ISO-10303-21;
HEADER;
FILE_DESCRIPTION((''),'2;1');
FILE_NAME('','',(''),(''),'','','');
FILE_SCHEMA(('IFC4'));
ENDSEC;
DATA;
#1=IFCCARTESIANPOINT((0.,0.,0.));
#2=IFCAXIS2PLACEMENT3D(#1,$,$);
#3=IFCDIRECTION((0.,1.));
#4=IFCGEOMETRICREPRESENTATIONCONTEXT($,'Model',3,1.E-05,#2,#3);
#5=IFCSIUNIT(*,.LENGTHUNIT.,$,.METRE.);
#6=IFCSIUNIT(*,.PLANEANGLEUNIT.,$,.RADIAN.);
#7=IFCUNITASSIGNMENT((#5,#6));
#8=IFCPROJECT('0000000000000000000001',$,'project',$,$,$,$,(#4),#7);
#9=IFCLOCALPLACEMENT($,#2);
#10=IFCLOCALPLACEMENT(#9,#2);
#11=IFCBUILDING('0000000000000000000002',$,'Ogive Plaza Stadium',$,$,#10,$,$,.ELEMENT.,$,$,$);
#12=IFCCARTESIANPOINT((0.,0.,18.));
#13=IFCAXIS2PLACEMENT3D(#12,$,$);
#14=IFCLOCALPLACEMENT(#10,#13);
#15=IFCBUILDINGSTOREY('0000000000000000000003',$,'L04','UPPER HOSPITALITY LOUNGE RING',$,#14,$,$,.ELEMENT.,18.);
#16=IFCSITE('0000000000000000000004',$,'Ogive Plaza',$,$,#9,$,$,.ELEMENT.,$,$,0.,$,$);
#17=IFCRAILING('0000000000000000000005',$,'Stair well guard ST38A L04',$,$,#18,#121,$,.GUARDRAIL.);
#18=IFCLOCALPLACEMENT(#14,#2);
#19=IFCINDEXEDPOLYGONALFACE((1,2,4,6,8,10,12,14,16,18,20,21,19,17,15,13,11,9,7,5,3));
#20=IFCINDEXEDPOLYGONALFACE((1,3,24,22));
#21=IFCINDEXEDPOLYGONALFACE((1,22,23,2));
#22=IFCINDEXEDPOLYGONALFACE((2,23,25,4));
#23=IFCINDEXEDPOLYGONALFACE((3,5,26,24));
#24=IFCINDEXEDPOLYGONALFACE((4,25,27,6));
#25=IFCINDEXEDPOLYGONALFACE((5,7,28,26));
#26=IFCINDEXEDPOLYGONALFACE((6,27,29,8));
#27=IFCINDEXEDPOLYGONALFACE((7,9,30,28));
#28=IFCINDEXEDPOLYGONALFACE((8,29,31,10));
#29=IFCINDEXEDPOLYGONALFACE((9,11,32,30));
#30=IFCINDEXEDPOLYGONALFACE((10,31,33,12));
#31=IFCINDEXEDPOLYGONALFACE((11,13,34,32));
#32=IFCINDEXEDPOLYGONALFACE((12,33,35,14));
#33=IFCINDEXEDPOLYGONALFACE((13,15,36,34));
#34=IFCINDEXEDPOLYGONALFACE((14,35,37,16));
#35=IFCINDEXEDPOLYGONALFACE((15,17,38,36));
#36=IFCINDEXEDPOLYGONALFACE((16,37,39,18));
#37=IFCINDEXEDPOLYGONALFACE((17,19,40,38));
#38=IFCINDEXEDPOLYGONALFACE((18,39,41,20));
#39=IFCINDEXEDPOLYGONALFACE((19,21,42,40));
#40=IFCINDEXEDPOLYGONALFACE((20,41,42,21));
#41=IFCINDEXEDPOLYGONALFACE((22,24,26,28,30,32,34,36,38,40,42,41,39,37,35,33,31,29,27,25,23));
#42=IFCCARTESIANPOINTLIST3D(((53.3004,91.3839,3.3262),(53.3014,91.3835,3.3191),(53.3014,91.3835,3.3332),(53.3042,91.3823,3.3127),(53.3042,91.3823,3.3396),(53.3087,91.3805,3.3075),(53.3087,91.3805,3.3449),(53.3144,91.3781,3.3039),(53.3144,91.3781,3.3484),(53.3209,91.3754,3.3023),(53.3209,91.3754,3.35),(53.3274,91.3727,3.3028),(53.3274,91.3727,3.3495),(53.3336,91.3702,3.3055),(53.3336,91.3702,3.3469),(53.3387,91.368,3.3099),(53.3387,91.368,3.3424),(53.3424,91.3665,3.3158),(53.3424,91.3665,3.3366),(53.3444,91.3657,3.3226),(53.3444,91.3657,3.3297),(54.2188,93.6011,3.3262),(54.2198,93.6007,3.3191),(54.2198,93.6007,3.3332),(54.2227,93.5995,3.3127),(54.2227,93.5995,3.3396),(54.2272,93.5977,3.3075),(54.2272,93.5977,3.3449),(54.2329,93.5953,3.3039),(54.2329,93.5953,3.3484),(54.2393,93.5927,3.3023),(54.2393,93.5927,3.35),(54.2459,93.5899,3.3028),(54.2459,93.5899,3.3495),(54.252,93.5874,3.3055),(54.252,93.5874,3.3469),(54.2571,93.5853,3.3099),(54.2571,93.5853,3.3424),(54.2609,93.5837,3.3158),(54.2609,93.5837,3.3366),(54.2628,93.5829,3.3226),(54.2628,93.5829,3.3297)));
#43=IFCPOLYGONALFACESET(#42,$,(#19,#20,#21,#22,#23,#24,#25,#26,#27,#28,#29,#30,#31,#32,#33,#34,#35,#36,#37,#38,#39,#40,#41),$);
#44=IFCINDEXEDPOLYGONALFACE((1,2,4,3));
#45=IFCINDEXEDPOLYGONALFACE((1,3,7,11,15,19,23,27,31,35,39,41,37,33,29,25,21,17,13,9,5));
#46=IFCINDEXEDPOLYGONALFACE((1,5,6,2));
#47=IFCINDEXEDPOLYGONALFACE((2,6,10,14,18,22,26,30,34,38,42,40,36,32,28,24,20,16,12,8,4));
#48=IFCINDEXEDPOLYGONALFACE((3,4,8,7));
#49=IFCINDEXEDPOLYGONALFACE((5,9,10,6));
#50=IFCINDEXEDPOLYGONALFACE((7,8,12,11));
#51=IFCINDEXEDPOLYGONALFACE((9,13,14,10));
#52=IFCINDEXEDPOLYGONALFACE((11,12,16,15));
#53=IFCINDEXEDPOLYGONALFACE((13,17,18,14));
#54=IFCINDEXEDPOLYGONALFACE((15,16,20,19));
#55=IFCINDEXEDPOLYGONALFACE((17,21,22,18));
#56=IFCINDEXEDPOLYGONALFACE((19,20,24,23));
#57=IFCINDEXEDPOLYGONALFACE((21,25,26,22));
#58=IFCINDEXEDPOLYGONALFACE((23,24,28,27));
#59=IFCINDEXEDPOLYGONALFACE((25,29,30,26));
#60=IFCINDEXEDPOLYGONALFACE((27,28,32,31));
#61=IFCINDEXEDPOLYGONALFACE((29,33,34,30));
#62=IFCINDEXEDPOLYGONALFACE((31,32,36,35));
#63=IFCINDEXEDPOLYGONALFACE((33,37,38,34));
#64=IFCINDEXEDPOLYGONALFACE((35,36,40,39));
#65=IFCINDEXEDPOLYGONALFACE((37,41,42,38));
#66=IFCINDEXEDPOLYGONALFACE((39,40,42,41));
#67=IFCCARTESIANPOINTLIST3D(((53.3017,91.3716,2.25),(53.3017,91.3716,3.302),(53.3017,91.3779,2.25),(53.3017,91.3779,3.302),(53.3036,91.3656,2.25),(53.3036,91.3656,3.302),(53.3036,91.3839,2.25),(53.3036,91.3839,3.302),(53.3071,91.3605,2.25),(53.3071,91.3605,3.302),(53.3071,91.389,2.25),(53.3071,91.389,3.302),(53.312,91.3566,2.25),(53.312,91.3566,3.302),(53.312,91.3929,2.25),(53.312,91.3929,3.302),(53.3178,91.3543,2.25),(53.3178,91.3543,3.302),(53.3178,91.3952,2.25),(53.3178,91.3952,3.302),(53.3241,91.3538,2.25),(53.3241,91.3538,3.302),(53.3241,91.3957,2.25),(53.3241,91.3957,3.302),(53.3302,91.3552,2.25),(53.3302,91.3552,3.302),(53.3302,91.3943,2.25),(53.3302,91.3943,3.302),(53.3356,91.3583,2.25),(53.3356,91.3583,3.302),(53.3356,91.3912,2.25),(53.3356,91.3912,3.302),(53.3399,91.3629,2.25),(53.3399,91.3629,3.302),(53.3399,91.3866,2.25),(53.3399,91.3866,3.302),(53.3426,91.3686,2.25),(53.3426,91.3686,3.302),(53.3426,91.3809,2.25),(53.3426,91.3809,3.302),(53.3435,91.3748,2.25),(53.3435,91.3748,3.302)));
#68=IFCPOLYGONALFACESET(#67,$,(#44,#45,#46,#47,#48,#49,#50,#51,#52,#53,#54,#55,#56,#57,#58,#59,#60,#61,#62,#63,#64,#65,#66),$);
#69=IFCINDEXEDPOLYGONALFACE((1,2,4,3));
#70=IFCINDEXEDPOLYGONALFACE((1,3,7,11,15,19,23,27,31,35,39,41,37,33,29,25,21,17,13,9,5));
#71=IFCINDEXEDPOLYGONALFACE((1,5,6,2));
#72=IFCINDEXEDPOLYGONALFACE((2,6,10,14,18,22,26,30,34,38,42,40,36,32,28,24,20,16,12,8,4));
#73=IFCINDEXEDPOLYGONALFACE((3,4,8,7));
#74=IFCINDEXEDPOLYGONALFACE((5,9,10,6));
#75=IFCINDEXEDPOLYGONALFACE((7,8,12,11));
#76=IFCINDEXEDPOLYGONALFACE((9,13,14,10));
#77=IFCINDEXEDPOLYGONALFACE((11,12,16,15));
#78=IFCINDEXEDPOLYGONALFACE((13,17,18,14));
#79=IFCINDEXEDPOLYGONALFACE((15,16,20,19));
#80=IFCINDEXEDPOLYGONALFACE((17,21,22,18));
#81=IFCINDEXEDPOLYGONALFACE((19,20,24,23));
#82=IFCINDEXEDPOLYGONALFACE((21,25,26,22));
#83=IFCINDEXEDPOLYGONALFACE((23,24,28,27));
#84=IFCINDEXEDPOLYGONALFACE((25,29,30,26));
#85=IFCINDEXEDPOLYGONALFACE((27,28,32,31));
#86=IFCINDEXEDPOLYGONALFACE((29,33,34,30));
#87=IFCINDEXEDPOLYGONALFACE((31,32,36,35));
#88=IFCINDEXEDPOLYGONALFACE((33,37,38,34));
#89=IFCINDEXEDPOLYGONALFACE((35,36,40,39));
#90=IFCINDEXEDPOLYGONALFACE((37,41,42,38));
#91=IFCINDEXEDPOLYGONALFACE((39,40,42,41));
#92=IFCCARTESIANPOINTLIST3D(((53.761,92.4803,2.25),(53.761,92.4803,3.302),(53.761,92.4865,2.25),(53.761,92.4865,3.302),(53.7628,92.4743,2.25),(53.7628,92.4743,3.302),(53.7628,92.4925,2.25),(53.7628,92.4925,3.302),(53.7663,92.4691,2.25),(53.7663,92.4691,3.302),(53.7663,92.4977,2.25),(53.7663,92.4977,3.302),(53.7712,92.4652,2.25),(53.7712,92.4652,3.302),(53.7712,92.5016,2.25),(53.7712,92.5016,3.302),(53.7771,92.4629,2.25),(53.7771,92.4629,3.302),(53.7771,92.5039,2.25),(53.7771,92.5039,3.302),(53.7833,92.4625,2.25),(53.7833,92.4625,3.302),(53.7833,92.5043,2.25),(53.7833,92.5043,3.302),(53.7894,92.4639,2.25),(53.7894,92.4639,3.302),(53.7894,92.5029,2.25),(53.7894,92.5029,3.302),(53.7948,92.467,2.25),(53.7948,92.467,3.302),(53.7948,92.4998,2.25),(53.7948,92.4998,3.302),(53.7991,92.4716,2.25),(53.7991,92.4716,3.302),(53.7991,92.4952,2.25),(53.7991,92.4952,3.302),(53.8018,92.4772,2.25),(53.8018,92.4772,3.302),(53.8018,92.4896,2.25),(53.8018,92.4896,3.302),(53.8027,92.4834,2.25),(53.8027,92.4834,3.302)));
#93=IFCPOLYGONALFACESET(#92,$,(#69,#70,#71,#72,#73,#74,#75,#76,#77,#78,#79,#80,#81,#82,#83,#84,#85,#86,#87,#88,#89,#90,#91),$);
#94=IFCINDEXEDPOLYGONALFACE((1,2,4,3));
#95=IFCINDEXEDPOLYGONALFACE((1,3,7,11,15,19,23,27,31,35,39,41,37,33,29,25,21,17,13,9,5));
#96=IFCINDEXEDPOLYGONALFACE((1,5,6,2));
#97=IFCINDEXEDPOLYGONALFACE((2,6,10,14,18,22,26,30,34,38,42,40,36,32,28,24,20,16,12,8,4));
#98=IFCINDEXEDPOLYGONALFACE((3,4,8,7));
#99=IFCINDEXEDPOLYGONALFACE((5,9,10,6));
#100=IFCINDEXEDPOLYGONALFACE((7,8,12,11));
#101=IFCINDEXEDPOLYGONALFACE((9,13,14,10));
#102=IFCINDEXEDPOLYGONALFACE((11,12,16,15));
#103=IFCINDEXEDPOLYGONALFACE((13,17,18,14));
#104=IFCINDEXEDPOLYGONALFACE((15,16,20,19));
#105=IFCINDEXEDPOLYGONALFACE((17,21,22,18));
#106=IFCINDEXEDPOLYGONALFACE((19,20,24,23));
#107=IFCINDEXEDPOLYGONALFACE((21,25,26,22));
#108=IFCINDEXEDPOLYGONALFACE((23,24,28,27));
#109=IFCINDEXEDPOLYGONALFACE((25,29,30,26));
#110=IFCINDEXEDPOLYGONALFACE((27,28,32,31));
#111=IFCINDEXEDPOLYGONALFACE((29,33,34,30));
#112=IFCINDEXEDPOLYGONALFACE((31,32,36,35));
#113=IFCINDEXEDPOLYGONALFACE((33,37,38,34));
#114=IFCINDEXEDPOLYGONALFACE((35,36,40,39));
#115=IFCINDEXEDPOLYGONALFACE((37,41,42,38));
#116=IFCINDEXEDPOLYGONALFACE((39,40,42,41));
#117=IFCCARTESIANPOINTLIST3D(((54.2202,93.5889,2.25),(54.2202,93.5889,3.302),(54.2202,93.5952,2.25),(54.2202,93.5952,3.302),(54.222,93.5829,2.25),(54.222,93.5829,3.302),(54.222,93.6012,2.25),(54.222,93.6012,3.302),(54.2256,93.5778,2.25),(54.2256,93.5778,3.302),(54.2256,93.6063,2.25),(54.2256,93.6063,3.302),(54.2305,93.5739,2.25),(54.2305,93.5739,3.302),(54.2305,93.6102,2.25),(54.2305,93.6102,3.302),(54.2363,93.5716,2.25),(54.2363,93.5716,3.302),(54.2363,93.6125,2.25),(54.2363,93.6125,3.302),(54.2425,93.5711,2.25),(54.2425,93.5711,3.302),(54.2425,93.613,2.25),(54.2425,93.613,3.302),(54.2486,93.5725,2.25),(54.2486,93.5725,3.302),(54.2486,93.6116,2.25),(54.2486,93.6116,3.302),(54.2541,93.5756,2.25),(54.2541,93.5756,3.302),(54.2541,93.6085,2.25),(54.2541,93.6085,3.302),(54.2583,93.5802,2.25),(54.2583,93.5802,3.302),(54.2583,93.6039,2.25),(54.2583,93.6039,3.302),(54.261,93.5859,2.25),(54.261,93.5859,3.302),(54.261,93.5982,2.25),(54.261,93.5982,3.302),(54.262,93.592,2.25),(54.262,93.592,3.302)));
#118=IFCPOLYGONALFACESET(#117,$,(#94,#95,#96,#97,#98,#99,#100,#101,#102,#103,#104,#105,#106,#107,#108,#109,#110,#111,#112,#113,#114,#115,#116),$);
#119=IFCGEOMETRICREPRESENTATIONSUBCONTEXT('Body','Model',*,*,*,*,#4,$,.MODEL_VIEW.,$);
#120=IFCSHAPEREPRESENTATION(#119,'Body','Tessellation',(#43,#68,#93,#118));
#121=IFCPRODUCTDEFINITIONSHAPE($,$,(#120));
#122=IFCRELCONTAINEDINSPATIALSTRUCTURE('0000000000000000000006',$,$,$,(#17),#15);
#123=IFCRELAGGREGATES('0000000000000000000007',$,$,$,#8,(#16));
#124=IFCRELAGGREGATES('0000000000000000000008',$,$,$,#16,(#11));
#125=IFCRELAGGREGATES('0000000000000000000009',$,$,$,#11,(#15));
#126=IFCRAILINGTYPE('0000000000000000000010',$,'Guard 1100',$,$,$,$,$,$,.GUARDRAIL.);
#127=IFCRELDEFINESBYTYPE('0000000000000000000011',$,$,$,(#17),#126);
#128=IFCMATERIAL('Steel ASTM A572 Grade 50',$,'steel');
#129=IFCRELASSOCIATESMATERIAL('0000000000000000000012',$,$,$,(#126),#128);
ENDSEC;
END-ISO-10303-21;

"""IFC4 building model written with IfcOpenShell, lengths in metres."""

from ifc_helpers import new_model, si_unit, direction, frame, origin, origin_2d, place, context, subcontext, project, spatial, circle, extrude, material, type_object, element, save


model = new_model("IFC4")

# Units and contexts
model_context = context("Model", 3, precision=1e-05, world=origin(), true_north=direction((0.0, 1.0)))
body_context = subcontext(model_context, "Body", "Model", "MODEL_VIEW")
ifc_project = project(units=[si_unit("LENGTHUNIT", "METRE"), si_unit("PLANEANGLEUNIT", "RADIAN")], contexts=[model_context])

# Site, building, storey
site_placement = place(None, origin())
site = spatial("IfcSite", under=ifc_project, at=site_placement, Name="Ogive Plaza", CompositionType="ELEMENT", RefElevation=0.0)
building_placement = place(site_placement, origin())
building = spatial("IfcBuilding", under=site, at=building_placement, Name="Ogive Plaza Stadium", CompositionType="ELEMENT")
storey_placement = place(building_placement, frame((0.0, 0.0, 18.0)))
storey = spatial("IfcBuildingStorey", under=building, at=storey_placement, Name="L04", Description="UPPER HOSPITALITY LOUNGE RING", CompositionType="ELEMENT", Elevation=18.0)

# Railing
ifc_material_1 = material(Name="Steel ASTM A572 Grade 50", Category="steel")
railing_type_1 = type_object("IfcRailingType", Name="Guard 1100", PredefinedType="GUARDRAIL", material=ifc_material_1)
railing_1_placement = place(storey_placement, frame((53.3225, 91.3748, 2.25)))
element("IfcRailing", 1, at=railing_1_placement, inside=storey, type_object=railing_type_1, Name="Stair well guard ST38A L04", PredefinedType="GUARDRAIL", context=body_context, shape_type="SweptSolid", body=[
    extrude(circle(Radius=0.0239, at=origin_2d()), frame((0.0, 0.0, 1.0762), z_axis=(0.382693, 0.923875, 0.0), x_axis=(-0.923875, 0.382693, 0.0)), (0.0, 0.0, 1.0), 2.3999),
    extrude(circle(Radius=0.021, at=origin_2d()), origin(), (0.0, 0.0, 1.0), 1.052),
    extrude(circle(Radius=0.021, at=origin_2d()), frame((0.4592, 1.1086, 0.0)), (0.0, 0.0, 1.0), 1.052),
    extrude(circle(Radius=0.021, at=origin_2d()), frame((0.9185, 2.2173, 0.0)), (0.0, 0.0, 1.0), 1.052),
])

save(model, "model.ifc")
